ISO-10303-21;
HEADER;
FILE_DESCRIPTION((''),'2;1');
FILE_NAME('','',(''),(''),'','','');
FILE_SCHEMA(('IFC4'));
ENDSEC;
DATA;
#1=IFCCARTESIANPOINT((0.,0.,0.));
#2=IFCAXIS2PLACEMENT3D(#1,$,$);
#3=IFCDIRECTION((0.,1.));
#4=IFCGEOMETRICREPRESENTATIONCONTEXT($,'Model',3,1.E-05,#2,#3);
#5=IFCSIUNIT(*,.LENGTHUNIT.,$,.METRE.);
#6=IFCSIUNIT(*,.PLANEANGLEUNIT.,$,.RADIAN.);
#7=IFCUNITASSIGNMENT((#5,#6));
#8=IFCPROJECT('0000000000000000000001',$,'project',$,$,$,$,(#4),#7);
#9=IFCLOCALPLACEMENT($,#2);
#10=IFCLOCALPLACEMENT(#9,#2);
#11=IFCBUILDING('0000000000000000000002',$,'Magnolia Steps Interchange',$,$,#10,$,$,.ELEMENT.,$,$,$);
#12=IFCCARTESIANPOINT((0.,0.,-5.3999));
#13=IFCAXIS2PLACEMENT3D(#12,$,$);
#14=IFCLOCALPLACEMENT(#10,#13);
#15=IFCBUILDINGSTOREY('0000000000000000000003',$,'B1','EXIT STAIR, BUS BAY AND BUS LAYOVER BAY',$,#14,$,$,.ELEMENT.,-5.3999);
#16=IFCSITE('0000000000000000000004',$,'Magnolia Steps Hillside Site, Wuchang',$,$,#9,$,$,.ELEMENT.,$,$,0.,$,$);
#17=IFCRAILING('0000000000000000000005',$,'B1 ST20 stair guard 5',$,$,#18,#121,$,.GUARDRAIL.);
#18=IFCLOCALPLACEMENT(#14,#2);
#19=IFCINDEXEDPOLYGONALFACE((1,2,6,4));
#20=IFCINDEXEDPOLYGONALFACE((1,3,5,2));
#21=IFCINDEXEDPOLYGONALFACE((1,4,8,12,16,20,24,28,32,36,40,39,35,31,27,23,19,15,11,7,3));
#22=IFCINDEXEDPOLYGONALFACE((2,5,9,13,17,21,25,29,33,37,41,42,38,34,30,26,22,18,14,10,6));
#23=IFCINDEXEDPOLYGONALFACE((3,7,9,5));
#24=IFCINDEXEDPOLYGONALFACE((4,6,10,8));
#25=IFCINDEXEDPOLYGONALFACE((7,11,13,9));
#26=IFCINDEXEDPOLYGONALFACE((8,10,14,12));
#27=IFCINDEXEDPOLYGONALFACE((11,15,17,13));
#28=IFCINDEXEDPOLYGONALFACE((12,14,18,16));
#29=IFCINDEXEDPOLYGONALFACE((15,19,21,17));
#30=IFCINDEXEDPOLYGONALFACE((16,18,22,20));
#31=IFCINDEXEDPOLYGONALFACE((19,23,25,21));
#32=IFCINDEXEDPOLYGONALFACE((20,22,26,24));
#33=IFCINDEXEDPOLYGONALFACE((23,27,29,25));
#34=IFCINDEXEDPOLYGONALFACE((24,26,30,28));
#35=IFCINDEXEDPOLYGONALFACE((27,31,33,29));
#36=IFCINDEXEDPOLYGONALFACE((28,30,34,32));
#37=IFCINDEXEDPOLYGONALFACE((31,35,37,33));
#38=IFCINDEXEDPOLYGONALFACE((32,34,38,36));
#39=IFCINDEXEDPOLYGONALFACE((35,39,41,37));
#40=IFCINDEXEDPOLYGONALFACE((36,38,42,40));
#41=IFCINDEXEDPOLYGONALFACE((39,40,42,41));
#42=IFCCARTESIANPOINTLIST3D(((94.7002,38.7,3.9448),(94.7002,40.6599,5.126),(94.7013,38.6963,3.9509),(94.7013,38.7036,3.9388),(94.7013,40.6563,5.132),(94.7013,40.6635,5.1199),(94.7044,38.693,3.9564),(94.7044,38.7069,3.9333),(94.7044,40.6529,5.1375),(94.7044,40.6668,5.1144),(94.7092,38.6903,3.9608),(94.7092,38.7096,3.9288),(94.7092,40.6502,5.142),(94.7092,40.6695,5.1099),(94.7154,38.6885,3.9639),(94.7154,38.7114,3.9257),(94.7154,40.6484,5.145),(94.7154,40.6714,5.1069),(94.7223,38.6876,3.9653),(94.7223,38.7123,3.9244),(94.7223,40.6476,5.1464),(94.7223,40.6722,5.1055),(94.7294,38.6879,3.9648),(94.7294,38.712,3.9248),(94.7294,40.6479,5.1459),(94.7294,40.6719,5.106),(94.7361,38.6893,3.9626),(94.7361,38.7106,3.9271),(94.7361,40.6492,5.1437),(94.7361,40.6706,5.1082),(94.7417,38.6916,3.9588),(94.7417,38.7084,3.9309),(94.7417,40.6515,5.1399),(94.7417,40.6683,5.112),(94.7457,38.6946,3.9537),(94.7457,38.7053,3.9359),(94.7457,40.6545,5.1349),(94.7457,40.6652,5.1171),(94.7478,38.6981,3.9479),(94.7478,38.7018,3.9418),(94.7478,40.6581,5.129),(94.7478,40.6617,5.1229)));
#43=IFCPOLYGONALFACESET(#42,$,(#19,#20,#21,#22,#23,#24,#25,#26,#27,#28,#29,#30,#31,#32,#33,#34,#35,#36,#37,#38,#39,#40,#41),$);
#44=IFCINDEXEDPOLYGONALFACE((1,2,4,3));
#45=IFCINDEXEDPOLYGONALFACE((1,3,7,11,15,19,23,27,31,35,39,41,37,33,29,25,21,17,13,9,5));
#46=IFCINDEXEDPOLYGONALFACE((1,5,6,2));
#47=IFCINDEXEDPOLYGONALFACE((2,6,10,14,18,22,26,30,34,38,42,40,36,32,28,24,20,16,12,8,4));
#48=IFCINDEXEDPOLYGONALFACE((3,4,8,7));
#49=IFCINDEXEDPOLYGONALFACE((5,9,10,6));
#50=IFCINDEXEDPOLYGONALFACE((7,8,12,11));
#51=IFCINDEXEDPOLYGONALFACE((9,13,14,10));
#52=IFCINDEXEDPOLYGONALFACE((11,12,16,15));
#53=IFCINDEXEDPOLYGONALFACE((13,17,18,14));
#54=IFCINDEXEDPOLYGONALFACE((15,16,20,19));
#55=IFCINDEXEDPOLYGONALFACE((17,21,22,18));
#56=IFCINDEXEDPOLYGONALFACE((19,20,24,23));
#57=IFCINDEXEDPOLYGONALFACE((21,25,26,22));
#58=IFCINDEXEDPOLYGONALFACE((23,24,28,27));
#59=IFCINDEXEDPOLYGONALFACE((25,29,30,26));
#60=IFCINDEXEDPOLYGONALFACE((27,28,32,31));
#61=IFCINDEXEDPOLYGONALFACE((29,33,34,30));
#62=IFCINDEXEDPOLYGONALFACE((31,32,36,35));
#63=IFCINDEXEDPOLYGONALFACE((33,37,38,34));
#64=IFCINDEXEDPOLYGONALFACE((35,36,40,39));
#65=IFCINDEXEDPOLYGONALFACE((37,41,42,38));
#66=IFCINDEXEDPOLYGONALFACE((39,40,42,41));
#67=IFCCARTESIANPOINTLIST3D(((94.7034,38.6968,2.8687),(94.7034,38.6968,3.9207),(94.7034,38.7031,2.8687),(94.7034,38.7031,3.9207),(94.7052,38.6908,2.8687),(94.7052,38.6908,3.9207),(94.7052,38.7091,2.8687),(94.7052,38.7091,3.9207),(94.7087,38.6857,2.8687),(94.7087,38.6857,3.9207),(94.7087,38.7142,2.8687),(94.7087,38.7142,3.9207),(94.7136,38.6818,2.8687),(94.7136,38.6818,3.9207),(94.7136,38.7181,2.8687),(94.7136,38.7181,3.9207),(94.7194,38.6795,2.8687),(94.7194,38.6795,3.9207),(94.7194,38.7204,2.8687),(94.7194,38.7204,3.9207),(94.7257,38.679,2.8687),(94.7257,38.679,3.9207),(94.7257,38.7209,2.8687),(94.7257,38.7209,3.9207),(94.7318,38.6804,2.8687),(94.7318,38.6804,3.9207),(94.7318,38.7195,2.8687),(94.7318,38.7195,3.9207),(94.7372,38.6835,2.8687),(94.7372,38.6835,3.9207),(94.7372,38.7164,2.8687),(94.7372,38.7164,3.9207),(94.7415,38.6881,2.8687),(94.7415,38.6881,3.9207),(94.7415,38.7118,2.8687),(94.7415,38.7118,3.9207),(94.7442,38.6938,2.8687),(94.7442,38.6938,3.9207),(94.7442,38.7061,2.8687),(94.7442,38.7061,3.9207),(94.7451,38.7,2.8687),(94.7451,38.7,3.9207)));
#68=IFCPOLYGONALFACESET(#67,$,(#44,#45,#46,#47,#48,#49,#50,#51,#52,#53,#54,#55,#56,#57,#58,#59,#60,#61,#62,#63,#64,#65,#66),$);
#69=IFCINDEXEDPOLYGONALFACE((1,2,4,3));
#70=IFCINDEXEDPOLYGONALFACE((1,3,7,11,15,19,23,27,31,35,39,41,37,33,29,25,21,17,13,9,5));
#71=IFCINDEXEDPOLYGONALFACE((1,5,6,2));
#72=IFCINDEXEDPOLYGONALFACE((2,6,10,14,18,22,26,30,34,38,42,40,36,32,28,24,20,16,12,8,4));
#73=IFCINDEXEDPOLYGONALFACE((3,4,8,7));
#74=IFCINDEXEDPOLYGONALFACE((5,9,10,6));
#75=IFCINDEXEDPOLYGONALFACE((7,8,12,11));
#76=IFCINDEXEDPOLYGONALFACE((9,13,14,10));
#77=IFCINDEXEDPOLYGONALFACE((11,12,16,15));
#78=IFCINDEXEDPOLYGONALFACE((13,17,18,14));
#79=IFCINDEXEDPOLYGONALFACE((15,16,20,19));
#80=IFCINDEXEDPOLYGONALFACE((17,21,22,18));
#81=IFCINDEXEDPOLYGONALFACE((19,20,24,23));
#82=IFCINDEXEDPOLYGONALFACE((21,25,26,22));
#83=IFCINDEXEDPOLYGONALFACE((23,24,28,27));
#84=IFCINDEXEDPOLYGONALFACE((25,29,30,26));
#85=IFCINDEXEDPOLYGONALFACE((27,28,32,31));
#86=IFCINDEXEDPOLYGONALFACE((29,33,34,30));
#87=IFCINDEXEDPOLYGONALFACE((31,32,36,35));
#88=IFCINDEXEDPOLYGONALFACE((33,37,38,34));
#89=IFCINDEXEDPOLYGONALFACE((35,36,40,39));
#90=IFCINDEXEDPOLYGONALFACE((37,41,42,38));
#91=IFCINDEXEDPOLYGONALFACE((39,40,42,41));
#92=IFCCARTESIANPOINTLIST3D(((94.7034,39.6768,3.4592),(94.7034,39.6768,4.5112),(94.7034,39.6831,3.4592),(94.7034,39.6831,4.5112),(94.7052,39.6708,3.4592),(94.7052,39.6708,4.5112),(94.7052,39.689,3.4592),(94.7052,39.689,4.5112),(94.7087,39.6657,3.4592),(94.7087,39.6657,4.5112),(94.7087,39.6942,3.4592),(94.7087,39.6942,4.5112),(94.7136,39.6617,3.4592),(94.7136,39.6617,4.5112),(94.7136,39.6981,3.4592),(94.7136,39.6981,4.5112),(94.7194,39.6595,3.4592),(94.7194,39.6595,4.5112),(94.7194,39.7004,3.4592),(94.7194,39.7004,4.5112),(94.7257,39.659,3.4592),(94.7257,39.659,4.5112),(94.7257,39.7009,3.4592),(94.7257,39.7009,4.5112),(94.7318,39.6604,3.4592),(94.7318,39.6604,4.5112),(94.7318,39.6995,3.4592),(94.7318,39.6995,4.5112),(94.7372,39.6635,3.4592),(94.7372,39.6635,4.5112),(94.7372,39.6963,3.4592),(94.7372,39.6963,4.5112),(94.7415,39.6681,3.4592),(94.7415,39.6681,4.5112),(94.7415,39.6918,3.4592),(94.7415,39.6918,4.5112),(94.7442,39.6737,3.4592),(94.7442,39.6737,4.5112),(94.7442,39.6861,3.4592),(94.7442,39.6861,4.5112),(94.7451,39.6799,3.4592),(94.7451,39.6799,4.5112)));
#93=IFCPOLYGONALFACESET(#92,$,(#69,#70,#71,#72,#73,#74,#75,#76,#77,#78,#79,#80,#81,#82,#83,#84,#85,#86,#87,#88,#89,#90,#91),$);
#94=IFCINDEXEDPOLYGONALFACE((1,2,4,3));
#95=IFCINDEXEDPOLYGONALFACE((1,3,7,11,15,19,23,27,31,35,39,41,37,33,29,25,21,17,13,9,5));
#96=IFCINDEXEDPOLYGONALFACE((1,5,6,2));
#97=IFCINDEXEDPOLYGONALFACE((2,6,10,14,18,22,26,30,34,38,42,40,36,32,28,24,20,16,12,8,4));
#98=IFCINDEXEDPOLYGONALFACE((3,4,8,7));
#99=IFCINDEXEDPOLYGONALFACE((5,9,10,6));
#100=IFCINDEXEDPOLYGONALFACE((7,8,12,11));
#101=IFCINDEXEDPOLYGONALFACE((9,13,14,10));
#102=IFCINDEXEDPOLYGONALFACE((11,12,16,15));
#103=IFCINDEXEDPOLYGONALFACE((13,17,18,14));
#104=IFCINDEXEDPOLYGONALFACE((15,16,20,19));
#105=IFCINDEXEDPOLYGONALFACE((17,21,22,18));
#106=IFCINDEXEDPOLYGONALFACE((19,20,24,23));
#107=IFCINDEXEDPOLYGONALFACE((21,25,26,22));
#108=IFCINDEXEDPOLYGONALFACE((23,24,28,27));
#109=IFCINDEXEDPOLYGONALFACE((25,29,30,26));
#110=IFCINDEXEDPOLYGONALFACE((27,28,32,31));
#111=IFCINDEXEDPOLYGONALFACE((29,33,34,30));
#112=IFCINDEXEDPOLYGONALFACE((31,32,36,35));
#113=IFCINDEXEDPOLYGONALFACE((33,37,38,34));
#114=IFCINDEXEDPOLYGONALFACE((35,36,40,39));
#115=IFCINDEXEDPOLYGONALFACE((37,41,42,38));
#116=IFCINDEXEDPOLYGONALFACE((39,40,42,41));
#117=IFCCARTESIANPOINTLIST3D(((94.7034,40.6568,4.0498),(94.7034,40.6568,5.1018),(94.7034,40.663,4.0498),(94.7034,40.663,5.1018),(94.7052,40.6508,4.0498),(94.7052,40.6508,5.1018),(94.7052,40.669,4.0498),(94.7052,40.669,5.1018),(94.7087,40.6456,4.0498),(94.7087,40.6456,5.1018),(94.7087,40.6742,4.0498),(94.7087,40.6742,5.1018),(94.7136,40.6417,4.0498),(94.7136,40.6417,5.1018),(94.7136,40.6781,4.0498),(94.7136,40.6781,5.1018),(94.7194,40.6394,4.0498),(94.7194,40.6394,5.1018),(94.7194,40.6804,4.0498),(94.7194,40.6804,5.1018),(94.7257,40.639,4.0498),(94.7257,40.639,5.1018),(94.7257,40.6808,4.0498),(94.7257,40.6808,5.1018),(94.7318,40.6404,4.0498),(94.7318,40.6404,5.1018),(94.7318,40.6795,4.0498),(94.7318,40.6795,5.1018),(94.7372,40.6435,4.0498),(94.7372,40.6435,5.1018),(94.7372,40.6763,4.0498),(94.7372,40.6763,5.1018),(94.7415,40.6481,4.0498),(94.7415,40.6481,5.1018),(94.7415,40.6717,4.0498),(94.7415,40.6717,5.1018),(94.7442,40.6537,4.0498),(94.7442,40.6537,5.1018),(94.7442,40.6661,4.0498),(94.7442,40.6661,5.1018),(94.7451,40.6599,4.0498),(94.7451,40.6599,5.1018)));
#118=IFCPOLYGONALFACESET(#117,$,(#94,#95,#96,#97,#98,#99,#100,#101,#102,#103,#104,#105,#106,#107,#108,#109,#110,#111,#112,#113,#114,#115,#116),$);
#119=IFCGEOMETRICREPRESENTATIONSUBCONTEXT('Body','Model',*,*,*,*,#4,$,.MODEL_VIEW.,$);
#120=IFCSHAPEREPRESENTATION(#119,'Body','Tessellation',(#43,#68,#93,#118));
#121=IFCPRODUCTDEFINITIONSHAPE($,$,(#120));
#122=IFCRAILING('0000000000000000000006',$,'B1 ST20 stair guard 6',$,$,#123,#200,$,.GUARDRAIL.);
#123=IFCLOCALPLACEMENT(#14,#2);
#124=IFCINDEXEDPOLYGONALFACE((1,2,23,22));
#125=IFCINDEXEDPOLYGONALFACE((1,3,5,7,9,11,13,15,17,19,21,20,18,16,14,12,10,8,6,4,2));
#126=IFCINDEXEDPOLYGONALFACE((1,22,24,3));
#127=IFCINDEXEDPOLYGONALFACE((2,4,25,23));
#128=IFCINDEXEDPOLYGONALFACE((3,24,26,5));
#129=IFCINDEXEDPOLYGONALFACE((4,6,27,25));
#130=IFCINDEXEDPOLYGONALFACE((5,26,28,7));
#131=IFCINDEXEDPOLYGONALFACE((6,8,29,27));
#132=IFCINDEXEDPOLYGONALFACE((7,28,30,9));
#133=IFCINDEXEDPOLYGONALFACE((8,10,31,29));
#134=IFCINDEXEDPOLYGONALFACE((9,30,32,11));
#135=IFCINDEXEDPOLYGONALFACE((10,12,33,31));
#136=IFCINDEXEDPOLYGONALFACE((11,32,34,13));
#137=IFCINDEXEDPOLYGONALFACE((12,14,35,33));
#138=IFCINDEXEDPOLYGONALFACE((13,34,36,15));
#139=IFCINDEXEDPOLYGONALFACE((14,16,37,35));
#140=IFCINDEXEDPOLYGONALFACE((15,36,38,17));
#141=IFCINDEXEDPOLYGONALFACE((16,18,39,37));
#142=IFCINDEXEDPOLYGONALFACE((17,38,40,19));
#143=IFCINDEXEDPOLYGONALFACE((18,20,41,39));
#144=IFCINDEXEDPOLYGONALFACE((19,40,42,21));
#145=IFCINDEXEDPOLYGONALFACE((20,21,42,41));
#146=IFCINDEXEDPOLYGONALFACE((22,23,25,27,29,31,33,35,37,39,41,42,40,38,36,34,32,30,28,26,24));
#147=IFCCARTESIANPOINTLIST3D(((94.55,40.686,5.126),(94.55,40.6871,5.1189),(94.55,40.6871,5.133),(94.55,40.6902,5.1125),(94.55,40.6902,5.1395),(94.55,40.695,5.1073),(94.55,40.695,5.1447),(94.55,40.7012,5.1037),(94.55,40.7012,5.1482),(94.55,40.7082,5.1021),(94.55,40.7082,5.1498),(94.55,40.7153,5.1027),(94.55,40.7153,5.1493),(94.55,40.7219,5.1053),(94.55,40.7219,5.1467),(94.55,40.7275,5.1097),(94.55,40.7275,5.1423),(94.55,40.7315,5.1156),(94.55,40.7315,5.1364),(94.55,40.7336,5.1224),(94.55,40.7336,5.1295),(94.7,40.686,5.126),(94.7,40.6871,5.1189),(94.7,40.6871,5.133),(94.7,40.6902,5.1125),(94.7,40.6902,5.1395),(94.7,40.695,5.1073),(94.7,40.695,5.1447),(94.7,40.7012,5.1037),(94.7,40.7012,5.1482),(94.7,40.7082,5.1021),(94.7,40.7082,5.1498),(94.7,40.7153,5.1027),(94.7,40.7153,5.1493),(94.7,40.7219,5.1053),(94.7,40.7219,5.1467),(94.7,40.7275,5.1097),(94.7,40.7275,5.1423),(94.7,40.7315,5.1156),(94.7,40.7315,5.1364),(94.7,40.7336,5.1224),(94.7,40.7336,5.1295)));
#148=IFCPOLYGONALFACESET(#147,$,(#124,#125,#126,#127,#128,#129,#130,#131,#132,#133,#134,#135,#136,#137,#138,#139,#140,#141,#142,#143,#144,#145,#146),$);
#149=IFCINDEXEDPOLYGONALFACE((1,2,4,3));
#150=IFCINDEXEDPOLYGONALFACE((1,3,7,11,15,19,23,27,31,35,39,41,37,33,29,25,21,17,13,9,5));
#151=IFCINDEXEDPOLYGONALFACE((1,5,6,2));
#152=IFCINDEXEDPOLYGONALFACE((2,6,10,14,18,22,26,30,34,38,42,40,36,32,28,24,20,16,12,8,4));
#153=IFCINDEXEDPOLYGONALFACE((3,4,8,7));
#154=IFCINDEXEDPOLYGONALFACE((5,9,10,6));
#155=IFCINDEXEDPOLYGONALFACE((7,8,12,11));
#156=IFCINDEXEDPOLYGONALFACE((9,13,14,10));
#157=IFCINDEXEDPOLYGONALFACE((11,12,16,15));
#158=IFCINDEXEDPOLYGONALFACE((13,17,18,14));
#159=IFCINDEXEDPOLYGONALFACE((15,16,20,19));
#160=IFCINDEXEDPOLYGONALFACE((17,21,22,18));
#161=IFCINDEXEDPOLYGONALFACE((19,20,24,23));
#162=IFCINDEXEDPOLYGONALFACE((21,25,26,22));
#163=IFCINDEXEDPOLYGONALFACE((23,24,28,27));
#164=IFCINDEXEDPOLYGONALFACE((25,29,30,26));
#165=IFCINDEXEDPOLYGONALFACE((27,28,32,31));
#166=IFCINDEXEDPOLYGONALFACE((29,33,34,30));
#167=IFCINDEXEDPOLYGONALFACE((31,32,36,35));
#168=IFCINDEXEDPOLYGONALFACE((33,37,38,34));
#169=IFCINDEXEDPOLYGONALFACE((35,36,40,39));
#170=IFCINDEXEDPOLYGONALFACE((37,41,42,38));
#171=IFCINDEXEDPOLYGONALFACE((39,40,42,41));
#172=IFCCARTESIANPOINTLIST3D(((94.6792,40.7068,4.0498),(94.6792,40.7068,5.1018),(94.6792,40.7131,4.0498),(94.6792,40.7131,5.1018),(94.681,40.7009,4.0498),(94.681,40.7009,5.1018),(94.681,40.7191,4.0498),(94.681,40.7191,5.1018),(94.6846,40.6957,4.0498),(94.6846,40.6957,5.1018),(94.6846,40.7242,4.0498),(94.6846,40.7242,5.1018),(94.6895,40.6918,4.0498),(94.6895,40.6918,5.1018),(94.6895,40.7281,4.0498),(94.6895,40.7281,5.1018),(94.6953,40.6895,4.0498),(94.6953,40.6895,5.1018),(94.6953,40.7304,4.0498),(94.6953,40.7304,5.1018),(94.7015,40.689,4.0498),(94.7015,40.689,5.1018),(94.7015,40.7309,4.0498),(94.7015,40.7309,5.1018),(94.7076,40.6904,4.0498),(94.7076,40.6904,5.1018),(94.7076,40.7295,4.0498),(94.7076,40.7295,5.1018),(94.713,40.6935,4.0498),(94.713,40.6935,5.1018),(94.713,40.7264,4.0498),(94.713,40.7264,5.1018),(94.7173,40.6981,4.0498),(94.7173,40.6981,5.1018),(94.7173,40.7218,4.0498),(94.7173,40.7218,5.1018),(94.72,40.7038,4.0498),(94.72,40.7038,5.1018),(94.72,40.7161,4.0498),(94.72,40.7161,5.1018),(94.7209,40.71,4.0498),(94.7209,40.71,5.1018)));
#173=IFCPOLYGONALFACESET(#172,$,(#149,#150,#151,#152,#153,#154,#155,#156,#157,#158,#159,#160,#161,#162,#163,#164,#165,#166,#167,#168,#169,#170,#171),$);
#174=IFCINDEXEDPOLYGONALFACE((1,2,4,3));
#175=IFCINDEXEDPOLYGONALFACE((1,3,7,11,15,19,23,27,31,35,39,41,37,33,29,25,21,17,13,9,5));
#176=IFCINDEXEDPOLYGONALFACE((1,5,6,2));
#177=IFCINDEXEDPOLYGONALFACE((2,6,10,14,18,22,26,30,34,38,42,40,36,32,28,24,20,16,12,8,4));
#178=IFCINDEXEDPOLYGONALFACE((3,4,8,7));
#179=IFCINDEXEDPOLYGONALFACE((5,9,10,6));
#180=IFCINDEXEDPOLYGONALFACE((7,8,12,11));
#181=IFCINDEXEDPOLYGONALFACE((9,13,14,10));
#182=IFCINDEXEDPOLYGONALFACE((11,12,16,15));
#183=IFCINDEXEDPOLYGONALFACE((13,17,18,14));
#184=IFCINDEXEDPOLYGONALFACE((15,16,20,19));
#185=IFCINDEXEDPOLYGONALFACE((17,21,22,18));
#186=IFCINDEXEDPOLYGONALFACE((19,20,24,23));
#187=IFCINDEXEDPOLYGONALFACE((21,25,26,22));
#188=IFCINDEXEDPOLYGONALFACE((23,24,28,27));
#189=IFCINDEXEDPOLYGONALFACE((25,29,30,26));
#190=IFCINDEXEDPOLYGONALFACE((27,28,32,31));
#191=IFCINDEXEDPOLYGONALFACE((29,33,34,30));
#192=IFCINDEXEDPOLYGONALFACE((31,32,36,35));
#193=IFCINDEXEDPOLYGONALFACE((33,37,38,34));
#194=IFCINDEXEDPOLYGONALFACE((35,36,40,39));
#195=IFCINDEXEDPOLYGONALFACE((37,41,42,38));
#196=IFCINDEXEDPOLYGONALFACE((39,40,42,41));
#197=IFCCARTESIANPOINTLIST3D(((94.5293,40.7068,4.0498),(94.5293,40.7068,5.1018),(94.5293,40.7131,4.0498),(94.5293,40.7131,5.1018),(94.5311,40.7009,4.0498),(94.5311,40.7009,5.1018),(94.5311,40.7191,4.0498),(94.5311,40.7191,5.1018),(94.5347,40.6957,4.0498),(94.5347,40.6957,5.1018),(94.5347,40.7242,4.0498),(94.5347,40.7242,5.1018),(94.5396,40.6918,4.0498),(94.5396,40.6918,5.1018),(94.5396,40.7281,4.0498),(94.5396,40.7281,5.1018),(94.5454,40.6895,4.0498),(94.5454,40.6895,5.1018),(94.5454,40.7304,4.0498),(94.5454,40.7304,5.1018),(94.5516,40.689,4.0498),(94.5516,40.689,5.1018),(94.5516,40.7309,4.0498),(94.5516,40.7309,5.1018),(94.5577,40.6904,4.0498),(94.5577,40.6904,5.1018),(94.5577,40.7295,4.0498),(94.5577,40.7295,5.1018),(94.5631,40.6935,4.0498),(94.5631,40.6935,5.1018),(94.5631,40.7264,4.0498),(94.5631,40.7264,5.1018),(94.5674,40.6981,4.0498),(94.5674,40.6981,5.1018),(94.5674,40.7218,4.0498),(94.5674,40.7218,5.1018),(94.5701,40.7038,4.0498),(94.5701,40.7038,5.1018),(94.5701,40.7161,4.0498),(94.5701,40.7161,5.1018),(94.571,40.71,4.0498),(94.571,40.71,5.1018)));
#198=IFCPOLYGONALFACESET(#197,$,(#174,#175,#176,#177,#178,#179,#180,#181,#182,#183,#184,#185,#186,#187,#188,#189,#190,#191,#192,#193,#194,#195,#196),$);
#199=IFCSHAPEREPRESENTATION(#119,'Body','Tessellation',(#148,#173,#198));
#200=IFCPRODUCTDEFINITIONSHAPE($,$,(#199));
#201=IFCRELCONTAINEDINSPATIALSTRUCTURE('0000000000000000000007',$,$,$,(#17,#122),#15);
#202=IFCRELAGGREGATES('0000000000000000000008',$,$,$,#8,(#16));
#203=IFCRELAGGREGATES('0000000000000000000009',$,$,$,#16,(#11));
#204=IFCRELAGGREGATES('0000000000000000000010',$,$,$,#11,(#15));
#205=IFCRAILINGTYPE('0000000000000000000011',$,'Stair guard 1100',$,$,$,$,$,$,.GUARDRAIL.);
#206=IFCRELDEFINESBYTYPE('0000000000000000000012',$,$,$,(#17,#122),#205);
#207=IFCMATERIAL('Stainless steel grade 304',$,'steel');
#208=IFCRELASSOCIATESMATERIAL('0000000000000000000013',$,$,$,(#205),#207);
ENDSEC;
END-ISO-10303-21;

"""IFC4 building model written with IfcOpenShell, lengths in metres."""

from ifc_helpers import new_model, si_unit, direction, frame, origin, origin_2d, place, context, subcontext, project, spatial, circle, extrude, material, type_object, element, save


model = new_model("IFC4")

# Units and contexts
model_context = context("Model", 3, precision=1e-05, world=origin(), true_north=direction((0.0, 1.0)))
body_context = subcontext(model_context, "Body", "Model", "MODEL_VIEW")
ifc_project = project(units=[si_unit("LENGTHUNIT", "METRE"), si_unit("PLANEANGLEUNIT", "RADIAN")], contexts=[model_context])

# Site, building, storey
site_placement = place(None, origin())
site = spatial("IfcSite", under=ifc_project, at=site_placement, Name="Magnolia Steps Hillside Site, Wuchang", CompositionType="ELEMENT", RefElevation=0.0)
building_placement = place(site_placement, origin())
building = spatial("IfcBuilding", under=site, at=building_placement, Name="Magnolia Steps Interchange", CompositionType="ELEMENT")
storey_placement = place(building_placement, frame((0.0, 0.0, -5.3999)))
storey = spatial("IfcBuildingStorey", under=building, at=storey_placement, Name="B1", Description="EXIT STAIR, BUS BAY AND BUS LAYOVER BAY", CompositionType="ELEMENT", Elevation=-5.3999)

# Railings
ifc_material_1 = material(Name="Stainless steel grade 304", Category="steel")
railing_type_1 = type_object("IfcRailingType", Name="Stair guard 1100", PredefinedType="GUARDRAIL", material=ifc_material_1)
railing_1_placement = place(storey_placement, frame((94.7241, 38.7, 2.8687)))
element("IfcRailing", 1, at=railing_1_placement, inside=storey, type_object=railing_type_1, Name="B1 ST20 stair guard 5", PredefinedType="GUARDRAIL", context=body_context, shape_type="SweptSolid", body=[
    extrude(circle(Radius=0.0239, at=origin_2d()), frame((0.0, 0.0, 1.0762), z_axis=(0.0, 0.856493, 0.516158), x_axis=(-1.0, 0.0, 0.0)), (0.0, 0.0, 1.0), 2.2883),
    extrude(circle(Radius=0.021, at=origin_2d()), origin(), (0.0, 0.0, 1.0), 1.052),
    extrude(circle(Radius=0.021, at=origin_2d()), frame((0.0, 0.98, 0.5906)), (0.0, 0.0, 1.0), 1.052),
    extrude(circle(Radius=0.021, at=origin_2d()), frame((0.0, 1.96, 1.1812)), (0.0, 0.0, 1.0), 1.052),
])
railing_2_placement = place(storey_placement, frame((94.7, 40.71, 4.0498)))
element("IfcRailing", 2, at=railing_2_placement, inside=storey, type_object=railing_type_1, Name="B1 ST20 stair guard 6", PredefinedType="GUARDRAIL", context=body_context, shape_type="SweptSolid", body=[
    extrude(circle(Radius=0.0239, at=origin_2d()), frame((0.0, 0.0, 1.0762), z_axis=(-1.0, 0.0, 0.0), x_axis=(0.0, -1.0, 0.0)), (0.0, 0.0, 1.0), 0.1499),
    extrude(circle(Radius=0.021, at=origin_2d()), origin(), (0.0, 0.0, 1.0), 1.052),
    extrude(circle(Radius=0.021, at=origin_2d()), frame((-0.1499, 0.0, 0.0)), (0.0, 0.0, 1.0), 1.052),
])

save(model, "model.ifc")
